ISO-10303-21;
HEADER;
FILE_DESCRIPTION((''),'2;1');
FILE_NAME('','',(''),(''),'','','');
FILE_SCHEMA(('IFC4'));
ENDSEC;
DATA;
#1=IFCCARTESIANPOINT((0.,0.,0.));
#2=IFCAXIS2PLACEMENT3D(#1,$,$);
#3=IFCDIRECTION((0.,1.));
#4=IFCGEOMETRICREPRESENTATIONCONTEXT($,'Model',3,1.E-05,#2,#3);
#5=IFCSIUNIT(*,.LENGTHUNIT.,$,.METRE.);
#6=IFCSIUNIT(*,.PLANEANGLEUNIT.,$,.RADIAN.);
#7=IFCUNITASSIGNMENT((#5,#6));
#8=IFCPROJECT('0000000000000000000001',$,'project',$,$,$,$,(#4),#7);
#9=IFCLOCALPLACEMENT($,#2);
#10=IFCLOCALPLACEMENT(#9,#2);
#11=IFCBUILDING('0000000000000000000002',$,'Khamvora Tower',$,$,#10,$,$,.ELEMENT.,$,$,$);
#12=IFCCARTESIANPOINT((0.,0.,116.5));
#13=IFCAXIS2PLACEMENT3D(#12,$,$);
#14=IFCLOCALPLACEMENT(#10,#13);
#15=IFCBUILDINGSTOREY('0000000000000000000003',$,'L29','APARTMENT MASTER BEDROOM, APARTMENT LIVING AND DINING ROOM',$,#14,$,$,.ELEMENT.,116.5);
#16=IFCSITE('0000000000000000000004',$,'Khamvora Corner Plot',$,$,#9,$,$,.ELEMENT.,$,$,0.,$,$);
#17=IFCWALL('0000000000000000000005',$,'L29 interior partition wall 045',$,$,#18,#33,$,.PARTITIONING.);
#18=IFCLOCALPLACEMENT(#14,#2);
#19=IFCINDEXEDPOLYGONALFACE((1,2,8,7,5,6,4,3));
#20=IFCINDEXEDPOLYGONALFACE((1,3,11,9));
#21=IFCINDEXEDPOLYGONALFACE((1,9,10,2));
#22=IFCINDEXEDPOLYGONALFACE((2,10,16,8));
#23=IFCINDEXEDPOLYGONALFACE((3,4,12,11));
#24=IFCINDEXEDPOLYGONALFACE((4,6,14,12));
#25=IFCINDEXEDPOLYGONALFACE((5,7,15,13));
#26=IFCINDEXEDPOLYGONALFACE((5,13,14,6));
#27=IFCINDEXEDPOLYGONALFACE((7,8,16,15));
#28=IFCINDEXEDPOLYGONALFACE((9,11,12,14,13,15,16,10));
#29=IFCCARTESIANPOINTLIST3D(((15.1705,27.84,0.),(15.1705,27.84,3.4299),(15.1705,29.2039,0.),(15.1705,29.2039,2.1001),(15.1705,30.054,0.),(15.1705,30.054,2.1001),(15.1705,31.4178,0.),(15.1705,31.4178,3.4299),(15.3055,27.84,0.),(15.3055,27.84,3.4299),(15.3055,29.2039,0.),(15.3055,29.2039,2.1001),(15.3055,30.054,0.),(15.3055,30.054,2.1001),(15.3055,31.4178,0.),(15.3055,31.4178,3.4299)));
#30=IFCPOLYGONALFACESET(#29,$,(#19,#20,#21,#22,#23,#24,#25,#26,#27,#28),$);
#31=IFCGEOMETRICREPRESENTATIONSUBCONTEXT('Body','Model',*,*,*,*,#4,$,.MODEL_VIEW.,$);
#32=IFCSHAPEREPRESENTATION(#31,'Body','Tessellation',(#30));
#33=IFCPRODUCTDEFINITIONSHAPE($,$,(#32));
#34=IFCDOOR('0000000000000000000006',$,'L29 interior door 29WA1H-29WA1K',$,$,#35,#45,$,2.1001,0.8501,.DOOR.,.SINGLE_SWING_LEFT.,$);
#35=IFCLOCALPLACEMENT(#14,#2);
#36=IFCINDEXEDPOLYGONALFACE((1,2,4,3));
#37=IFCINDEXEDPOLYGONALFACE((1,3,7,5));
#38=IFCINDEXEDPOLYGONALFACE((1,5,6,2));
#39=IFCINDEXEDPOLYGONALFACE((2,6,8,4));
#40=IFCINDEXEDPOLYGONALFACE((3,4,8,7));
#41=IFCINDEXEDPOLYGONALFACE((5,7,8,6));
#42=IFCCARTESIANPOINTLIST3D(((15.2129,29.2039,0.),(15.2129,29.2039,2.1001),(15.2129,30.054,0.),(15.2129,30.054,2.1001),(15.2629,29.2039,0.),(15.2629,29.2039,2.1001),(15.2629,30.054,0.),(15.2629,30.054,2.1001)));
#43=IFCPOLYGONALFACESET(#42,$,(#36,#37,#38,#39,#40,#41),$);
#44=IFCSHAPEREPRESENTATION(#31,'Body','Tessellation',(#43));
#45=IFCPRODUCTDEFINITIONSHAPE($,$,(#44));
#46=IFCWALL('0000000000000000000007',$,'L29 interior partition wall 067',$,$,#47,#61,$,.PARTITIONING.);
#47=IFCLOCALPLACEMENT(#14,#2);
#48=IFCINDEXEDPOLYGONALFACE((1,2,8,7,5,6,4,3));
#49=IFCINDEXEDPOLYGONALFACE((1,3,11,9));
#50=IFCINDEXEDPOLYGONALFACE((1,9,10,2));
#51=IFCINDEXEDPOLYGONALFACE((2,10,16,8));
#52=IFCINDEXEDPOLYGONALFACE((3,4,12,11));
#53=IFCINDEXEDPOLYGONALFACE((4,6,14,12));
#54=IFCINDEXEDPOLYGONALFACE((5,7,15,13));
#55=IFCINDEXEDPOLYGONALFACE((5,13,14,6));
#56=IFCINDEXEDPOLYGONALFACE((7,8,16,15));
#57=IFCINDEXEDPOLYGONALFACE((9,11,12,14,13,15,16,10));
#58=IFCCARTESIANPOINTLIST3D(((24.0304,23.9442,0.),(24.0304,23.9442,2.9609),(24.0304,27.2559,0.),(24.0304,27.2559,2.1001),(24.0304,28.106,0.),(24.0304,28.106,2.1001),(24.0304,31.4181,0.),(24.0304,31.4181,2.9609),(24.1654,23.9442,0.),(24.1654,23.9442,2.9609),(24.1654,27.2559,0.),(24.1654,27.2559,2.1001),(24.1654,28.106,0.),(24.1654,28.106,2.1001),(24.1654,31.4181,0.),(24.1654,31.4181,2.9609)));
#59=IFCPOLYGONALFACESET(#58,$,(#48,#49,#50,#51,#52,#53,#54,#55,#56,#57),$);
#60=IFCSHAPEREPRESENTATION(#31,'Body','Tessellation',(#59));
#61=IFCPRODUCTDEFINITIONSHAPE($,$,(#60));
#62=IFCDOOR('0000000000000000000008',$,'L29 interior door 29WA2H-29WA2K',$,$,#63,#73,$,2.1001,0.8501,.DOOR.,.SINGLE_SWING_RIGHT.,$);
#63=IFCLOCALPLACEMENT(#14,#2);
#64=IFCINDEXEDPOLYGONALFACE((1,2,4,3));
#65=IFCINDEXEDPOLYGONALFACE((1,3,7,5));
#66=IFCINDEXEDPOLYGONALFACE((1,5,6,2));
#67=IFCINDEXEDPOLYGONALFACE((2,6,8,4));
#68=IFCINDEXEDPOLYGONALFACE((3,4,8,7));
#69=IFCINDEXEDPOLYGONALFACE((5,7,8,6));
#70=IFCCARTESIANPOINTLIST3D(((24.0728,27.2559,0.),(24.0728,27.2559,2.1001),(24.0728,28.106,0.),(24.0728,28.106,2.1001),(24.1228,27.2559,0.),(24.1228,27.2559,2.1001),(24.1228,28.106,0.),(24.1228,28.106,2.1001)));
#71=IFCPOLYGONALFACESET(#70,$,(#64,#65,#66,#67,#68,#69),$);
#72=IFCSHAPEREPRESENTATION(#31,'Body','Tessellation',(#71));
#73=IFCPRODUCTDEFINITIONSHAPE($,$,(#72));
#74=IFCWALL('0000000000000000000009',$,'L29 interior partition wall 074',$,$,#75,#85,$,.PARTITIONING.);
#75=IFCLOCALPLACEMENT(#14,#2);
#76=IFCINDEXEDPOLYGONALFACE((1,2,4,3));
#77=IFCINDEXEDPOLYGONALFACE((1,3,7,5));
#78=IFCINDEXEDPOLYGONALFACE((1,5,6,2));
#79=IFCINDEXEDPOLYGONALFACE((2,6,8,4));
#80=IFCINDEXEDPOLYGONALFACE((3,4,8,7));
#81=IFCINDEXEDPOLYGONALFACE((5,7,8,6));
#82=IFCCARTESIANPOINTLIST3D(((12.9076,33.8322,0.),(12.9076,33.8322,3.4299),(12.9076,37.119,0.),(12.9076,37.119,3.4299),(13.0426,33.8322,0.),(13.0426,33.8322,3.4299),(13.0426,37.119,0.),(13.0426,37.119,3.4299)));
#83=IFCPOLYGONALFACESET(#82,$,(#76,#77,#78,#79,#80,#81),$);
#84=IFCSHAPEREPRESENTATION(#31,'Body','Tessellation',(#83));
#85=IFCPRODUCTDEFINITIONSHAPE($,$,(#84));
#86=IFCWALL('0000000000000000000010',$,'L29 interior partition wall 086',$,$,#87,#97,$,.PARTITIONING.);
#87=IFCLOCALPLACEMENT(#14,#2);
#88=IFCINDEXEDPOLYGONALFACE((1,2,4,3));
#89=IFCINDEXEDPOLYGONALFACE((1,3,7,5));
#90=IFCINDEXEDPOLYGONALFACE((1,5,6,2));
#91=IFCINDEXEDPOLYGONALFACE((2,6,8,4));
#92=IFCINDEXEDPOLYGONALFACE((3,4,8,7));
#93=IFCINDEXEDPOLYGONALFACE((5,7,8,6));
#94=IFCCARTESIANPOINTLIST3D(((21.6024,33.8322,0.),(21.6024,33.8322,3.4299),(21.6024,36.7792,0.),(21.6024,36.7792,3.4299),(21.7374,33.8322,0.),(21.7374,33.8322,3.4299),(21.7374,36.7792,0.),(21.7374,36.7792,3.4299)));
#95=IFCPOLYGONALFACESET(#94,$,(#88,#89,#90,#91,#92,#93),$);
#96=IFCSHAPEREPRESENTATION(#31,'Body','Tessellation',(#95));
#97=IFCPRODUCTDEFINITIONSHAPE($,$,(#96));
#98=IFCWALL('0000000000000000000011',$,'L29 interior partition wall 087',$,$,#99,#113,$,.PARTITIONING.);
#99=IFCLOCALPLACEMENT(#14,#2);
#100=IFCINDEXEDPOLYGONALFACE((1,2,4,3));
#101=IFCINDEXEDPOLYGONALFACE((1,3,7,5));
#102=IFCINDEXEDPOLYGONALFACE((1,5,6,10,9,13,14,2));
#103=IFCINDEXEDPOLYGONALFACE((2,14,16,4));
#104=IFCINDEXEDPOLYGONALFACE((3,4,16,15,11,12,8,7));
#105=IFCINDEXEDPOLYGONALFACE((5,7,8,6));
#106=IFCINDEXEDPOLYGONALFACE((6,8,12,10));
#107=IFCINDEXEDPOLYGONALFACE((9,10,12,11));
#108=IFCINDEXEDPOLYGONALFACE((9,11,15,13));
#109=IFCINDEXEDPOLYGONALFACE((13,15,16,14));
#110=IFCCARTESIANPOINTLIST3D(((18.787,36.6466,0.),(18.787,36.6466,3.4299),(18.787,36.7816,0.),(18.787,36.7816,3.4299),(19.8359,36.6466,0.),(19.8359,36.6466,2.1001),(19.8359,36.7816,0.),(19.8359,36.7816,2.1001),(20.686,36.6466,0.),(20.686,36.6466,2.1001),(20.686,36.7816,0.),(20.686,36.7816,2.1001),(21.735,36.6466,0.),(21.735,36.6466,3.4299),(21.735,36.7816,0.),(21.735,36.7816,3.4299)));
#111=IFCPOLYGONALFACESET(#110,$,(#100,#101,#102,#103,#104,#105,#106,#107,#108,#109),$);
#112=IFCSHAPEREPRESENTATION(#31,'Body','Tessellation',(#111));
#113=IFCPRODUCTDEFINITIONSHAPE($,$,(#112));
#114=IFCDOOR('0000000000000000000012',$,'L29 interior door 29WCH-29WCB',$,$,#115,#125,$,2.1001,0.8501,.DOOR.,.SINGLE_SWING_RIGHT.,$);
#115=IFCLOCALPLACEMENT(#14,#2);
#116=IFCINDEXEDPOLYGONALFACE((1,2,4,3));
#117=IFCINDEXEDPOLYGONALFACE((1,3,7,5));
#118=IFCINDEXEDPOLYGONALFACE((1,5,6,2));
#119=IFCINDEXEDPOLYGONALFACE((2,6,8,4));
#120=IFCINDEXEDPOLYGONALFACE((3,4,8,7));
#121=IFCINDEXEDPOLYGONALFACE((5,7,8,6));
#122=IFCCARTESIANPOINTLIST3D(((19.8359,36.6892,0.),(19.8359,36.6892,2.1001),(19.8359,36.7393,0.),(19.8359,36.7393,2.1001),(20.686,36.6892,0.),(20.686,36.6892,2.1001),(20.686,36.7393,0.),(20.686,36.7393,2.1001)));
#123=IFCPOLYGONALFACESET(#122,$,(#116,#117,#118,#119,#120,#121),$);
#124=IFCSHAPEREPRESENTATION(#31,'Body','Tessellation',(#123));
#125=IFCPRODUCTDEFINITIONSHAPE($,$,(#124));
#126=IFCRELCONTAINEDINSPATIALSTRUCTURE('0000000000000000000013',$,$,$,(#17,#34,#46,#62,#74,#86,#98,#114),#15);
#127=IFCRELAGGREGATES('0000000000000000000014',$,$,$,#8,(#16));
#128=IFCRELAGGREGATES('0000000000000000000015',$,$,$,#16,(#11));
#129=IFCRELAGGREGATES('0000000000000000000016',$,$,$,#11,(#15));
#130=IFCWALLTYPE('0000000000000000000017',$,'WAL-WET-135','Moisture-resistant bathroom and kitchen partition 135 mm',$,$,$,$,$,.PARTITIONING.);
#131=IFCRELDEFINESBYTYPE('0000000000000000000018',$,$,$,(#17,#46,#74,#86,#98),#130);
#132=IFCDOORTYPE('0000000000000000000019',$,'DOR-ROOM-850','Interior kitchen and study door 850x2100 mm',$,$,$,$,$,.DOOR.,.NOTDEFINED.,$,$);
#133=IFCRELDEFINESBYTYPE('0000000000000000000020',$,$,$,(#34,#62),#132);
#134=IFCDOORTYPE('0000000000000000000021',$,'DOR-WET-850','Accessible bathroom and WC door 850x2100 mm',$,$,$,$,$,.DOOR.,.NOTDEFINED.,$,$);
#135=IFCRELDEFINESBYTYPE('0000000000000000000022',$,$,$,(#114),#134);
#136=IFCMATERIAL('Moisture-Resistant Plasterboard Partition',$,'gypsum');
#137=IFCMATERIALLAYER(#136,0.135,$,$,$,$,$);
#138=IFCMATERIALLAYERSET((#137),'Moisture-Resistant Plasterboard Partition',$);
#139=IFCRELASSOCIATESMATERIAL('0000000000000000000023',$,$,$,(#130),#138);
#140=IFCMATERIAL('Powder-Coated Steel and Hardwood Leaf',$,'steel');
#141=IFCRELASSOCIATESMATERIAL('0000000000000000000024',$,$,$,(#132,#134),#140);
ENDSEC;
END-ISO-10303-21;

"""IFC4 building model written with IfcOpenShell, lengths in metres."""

from ifc_helpers import new_model, si_unit, direction, frame, frame_2d, origin, place, context, subcontext, project, spatial, rectangle, extrude, material, layer, layer_set, type_object, element, fill, save


model = new_model("IFC4")

# Units and contexts
model_context = context("Model", 3, precision=1e-05, world=origin(), true_north=direction((0.0, 1.0)))
body_context = subcontext(model_context, "Body", "Model", "MODEL_VIEW")
ifc_project = project(units=[si_unit("LENGTHUNIT", "METRE"), si_unit("PLANEANGLEUNIT", "RADIAN")], contexts=[model_context])

# Site, building, storey
site_placement = place(None, origin())
site = spatial("IfcSite", under=ifc_project, at=site_placement, Name="Khamvora Corner Plot", CompositionType="ELEMENT", RefElevation=0.0)
building_placement = place(site_placement, origin())
building = spatial("IfcBuilding", under=site, at=building_placement, Name="Khamvora Tower", CompositionType="ELEMENT")
storey_placement = place(building_placement, frame((0.0, 0.0, 116.5)))
storey = spatial("IfcBuildingStorey", under=building, at=storey_placement, Name="L29", Description="APARTMENT MASTER BEDROOM, APARTMENT LIVING AND DINING ROOM", CompositionType="ELEMENT", Elevation=116.5)

# Shared definitions
ifc_material_1 = material(Name="Powder-Coated Steel and Hardwood Leaf", Category="steel")

# Walls, openings, doors
ifc_material_2 = material(Name="Moisture-Resistant Plasterboard Partition", Category="gypsum")
ifc_layer_1 = layer(ifc_material_2, 0.135)
ifc_layer_set_1 = layer_set([ifc_layer_1], Name="Moisture-Resistant Plasterboard Partition")
wall_type_1 = type_object("IfcWallType", Name="WAL-WET-135", Description="Moisture-resistant bathroom and kitchen partition 135 mm", PredefinedType="PARTITIONING", material=ifc_layer_set_1)
wall_1_placement = place(storey_placement, frame((15.238, 31.418, 0.0), z_axis=(0.0, 0.0, 1.0), x_axis=(0.0, -1.0, 0.0)))
wall_1 = element("IfcWall", 1, at=wall_1_placement, inside=storey, type_object=wall_type_1, Name="L29 interior partition wall 045", PredefinedType="PARTITIONING", context=body_context, shape_type="SweptSolid", body=[
    extrude(rectangle(XDim=3.5779, YDim=0.135, at=frame_2d((1.7891, 0.0))), origin(), (0.0, 0.0, 1.0), 3.4299),
])
opening_1_placement = place(wall_1_placement, frame((1.364, 0.0, 0.0)))
opening_1 = element("IfcOpeningElement", 2, at=opening_1_placement, cuts=wall_1, PredefinedType="OPENING", context=body_context, shape_type="SweptSolid", body=[
    extrude(rectangle(XDim=0.8501, YDim=2.1001, at=frame_2d((0.425, 1.05))), frame((0.0, 0.0774, 0.0), z_axis=(0.0, -1.0, 0.0), x_axis=(1.0, 0.0, 0.0)), (0.0, 0.0, 1.0), 0.155),
])
door_type_1 = type_object("IfcDoorType", Name="DOR-ROOM-850", Description="Interior kitchen and study door 850x2100 mm", OperationType="NOTDEFINED", PredefinedType="DOOR", material=ifc_material_1)
door_1_placement = place(opening_1_placement, origin())
door_1 = element("IfcDoor", 3, at=door_1_placement, inside=storey, type_object=door_type_1, Name="L29 interior door 29WA1H-29WA1K", OperationType="SINGLE_SWING_LEFT", OverallHeight=2.1001, OverallWidth=0.8501, PredefinedType="DOOR", context=body_context, shape_type="SweptSolid", body=[
    extrude(rectangle(XDim=0.8501, YDim=2.1001, at=frame_2d((0.425, 1.05))), frame((0.0, 0.0249, 0.0), z_axis=(0.0, -1.0, 0.0), x_axis=(1.0, 0.0, 0.0)), (0.0, 0.0, 1.0), 0.05),
])
fill(opening_1, door_1)
wall_2_placement = place(storey_placement, frame((24.0979, 31.418, 0.0), z_axis=(0.0, 0.0, 1.0), x_axis=(0.0, -1.0, 0.0)))
wall_2 = element("IfcWall", 4, at=wall_2_placement, inside=storey, type_object=wall_type_1, Name="L29 interior partition wall 067", PredefinedType="PARTITIONING", context=body_context, shape_type="SweptSolid", body=[
    extrude(rectangle(XDim=7.4739, YDim=0.135, at=frame_2d((3.7368, 0.0))), origin(), (0.0, 0.0, 1.0), 2.9609),
])
opening_2_placement = place(wall_2_placement, frame((3.312, 0.0, 0.0)))
opening_2 = element("IfcOpeningElement", 5, at=opening_2_placement, cuts=wall_2, PredefinedType="OPENING", context=body_context, shape_type="SweptSolid", body=[
    extrude(rectangle(XDim=0.8501, YDim=2.1001, at=frame_2d((0.425, 1.05))), frame((0.0, 0.0774, 0.0), z_axis=(0.0, -1.0, 0.0), x_axis=(1.0, 0.0, 0.0)), (0.0, 0.0, 1.0), 0.155),
])
door_2_placement = place(opening_2_placement, origin())
door_2 = element("IfcDoor", 6, at=door_2_placement, inside=storey, type_object=door_type_1, Name="L29 interior door 29WA2H-29WA2K", OperationType="SINGLE_SWING_RIGHT", OverallHeight=2.1001, OverallWidth=0.8501, PredefinedType="DOOR", context=body_context, shape_type="SweptSolid", body=[
    extrude(rectangle(XDim=0.8501, YDim=2.1001, at=frame_2d((0.425, 1.05))), frame((0.0, 0.0249, 0.0), z_axis=(0.0, -1.0, 0.0), x_axis=(1.0, 0.0, 0.0)), (0.0, 0.0, 1.0), 0.05),
])
fill(opening_2, door_2)

# Walls
wall_3_placement = place(storey_placement, frame((12.9751, 33.832, 0.0), z_axis=(0.0, 0.0, 1.0), x_axis=(0.0, 1.0, 0.0)))
element("IfcWall", 7, at=wall_3_placement, inside=storey, type_object=wall_type_1, Name="L29 interior partition wall 074", PredefinedType="PARTITIONING", context=body_context, shape_type="SweptSolid", body=[
    extrude(rectangle(XDim=3.2869, YDim=0.135, at=frame_2d((1.6436, 0.0))), origin(), (0.0, 0.0, 1.0), 3.4299),
])
wall_4_placement = place(storey_placement, frame((21.6699, 33.832, 0.0), z_axis=(0.0, 0.0, 1.0), x_axis=(0.0, 1.0, 0.0)))
element("IfcWall", 8, at=wall_4_placement, inside=storey, type_object=wall_type_1, Name="L29 interior partition wall 086", PredefinedType="PARTITIONING", context=body_context, shape_type="SweptSolid", body=[
    extrude(rectangle(XDim=2.947, YDim=0.135, at=frame_2d((1.4736, 0.0))), origin(), (0.0, 0.0, 1.0), 3.4299),
])

# Wall, opening, door
wall_5_placement = place(storey_placement, frame((21.7351, 36.7141, 0.0), z_axis=(0.0, 0.0, 1.0), x_axis=(-1.0, 0.0, 0.0)))
wall_5 = element("IfcWall", 9, at=wall_5_placement, inside=storey, type_object=wall_type_1, Name="L29 interior partition wall 087", PredefinedType="PARTITIONING", context=body_context, shape_type="SweptSolid", body=[
    extrude(rectangle(XDim=2.948, YDim=0.135, at=frame_2d((1.4741, 0.0))), origin(), (0.0, 0.0, 1.0), 3.4299),
])
opening_3_placement = place(wall_5_placement, frame((1.0491, 0.0, 0.0)))
opening_3 = element("IfcOpeningElement", 10, at=opening_3_placement, cuts=wall_5, PredefinedType="OPENING", context=body_context, shape_type="SweptSolid", body=[
    extrude(rectangle(XDim=0.8501, YDim=2.1001, at=frame_2d((0.425, 1.05))), frame((0.0, 0.0774, 0.0), z_axis=(0.0, -1.0, 0.0), x_axis=(1.0, 0.0, 0.0)), (0.0, 0.0, 1.0), 0.155),
])
door_type_2 = type_object("IfcDoorType", Name="DOR-WET-850", Description="Accessible bathroom and WC door 850x2100 mm", OperationType="NOTDEFINED", PredefinedType="DOOR", material=ifc_material_1)
door_3_placement = place(opening_3_placement, origin())
door_3 = element("IfcDoor", 11, at=door_3_placement, inside=storey, type_object=door_type_2, Name="L29 interior door 29WCH-29WCB", OperationType="SINGLE_SWING_RIGHT", OverallHeight=2.1001, OverallWidth=0.8501, PredefinedType="DOOR", context=body_context, shape_type="SweptSolid", body=[
    extrude(rectangle(XDim=0.8501, YDim=2.1001, at=frame_2d((0.425, 1.05))), frame((0.0, 0.0249, 0.0), z_axis=(0.0, -1.0, 0.0), x_axis=(1.0, 0.0, 0.0)), (0.0, 0.0, 1.0), 0.05),
])
fill(opening_3, door_3)

save(model, "model.ifc")
